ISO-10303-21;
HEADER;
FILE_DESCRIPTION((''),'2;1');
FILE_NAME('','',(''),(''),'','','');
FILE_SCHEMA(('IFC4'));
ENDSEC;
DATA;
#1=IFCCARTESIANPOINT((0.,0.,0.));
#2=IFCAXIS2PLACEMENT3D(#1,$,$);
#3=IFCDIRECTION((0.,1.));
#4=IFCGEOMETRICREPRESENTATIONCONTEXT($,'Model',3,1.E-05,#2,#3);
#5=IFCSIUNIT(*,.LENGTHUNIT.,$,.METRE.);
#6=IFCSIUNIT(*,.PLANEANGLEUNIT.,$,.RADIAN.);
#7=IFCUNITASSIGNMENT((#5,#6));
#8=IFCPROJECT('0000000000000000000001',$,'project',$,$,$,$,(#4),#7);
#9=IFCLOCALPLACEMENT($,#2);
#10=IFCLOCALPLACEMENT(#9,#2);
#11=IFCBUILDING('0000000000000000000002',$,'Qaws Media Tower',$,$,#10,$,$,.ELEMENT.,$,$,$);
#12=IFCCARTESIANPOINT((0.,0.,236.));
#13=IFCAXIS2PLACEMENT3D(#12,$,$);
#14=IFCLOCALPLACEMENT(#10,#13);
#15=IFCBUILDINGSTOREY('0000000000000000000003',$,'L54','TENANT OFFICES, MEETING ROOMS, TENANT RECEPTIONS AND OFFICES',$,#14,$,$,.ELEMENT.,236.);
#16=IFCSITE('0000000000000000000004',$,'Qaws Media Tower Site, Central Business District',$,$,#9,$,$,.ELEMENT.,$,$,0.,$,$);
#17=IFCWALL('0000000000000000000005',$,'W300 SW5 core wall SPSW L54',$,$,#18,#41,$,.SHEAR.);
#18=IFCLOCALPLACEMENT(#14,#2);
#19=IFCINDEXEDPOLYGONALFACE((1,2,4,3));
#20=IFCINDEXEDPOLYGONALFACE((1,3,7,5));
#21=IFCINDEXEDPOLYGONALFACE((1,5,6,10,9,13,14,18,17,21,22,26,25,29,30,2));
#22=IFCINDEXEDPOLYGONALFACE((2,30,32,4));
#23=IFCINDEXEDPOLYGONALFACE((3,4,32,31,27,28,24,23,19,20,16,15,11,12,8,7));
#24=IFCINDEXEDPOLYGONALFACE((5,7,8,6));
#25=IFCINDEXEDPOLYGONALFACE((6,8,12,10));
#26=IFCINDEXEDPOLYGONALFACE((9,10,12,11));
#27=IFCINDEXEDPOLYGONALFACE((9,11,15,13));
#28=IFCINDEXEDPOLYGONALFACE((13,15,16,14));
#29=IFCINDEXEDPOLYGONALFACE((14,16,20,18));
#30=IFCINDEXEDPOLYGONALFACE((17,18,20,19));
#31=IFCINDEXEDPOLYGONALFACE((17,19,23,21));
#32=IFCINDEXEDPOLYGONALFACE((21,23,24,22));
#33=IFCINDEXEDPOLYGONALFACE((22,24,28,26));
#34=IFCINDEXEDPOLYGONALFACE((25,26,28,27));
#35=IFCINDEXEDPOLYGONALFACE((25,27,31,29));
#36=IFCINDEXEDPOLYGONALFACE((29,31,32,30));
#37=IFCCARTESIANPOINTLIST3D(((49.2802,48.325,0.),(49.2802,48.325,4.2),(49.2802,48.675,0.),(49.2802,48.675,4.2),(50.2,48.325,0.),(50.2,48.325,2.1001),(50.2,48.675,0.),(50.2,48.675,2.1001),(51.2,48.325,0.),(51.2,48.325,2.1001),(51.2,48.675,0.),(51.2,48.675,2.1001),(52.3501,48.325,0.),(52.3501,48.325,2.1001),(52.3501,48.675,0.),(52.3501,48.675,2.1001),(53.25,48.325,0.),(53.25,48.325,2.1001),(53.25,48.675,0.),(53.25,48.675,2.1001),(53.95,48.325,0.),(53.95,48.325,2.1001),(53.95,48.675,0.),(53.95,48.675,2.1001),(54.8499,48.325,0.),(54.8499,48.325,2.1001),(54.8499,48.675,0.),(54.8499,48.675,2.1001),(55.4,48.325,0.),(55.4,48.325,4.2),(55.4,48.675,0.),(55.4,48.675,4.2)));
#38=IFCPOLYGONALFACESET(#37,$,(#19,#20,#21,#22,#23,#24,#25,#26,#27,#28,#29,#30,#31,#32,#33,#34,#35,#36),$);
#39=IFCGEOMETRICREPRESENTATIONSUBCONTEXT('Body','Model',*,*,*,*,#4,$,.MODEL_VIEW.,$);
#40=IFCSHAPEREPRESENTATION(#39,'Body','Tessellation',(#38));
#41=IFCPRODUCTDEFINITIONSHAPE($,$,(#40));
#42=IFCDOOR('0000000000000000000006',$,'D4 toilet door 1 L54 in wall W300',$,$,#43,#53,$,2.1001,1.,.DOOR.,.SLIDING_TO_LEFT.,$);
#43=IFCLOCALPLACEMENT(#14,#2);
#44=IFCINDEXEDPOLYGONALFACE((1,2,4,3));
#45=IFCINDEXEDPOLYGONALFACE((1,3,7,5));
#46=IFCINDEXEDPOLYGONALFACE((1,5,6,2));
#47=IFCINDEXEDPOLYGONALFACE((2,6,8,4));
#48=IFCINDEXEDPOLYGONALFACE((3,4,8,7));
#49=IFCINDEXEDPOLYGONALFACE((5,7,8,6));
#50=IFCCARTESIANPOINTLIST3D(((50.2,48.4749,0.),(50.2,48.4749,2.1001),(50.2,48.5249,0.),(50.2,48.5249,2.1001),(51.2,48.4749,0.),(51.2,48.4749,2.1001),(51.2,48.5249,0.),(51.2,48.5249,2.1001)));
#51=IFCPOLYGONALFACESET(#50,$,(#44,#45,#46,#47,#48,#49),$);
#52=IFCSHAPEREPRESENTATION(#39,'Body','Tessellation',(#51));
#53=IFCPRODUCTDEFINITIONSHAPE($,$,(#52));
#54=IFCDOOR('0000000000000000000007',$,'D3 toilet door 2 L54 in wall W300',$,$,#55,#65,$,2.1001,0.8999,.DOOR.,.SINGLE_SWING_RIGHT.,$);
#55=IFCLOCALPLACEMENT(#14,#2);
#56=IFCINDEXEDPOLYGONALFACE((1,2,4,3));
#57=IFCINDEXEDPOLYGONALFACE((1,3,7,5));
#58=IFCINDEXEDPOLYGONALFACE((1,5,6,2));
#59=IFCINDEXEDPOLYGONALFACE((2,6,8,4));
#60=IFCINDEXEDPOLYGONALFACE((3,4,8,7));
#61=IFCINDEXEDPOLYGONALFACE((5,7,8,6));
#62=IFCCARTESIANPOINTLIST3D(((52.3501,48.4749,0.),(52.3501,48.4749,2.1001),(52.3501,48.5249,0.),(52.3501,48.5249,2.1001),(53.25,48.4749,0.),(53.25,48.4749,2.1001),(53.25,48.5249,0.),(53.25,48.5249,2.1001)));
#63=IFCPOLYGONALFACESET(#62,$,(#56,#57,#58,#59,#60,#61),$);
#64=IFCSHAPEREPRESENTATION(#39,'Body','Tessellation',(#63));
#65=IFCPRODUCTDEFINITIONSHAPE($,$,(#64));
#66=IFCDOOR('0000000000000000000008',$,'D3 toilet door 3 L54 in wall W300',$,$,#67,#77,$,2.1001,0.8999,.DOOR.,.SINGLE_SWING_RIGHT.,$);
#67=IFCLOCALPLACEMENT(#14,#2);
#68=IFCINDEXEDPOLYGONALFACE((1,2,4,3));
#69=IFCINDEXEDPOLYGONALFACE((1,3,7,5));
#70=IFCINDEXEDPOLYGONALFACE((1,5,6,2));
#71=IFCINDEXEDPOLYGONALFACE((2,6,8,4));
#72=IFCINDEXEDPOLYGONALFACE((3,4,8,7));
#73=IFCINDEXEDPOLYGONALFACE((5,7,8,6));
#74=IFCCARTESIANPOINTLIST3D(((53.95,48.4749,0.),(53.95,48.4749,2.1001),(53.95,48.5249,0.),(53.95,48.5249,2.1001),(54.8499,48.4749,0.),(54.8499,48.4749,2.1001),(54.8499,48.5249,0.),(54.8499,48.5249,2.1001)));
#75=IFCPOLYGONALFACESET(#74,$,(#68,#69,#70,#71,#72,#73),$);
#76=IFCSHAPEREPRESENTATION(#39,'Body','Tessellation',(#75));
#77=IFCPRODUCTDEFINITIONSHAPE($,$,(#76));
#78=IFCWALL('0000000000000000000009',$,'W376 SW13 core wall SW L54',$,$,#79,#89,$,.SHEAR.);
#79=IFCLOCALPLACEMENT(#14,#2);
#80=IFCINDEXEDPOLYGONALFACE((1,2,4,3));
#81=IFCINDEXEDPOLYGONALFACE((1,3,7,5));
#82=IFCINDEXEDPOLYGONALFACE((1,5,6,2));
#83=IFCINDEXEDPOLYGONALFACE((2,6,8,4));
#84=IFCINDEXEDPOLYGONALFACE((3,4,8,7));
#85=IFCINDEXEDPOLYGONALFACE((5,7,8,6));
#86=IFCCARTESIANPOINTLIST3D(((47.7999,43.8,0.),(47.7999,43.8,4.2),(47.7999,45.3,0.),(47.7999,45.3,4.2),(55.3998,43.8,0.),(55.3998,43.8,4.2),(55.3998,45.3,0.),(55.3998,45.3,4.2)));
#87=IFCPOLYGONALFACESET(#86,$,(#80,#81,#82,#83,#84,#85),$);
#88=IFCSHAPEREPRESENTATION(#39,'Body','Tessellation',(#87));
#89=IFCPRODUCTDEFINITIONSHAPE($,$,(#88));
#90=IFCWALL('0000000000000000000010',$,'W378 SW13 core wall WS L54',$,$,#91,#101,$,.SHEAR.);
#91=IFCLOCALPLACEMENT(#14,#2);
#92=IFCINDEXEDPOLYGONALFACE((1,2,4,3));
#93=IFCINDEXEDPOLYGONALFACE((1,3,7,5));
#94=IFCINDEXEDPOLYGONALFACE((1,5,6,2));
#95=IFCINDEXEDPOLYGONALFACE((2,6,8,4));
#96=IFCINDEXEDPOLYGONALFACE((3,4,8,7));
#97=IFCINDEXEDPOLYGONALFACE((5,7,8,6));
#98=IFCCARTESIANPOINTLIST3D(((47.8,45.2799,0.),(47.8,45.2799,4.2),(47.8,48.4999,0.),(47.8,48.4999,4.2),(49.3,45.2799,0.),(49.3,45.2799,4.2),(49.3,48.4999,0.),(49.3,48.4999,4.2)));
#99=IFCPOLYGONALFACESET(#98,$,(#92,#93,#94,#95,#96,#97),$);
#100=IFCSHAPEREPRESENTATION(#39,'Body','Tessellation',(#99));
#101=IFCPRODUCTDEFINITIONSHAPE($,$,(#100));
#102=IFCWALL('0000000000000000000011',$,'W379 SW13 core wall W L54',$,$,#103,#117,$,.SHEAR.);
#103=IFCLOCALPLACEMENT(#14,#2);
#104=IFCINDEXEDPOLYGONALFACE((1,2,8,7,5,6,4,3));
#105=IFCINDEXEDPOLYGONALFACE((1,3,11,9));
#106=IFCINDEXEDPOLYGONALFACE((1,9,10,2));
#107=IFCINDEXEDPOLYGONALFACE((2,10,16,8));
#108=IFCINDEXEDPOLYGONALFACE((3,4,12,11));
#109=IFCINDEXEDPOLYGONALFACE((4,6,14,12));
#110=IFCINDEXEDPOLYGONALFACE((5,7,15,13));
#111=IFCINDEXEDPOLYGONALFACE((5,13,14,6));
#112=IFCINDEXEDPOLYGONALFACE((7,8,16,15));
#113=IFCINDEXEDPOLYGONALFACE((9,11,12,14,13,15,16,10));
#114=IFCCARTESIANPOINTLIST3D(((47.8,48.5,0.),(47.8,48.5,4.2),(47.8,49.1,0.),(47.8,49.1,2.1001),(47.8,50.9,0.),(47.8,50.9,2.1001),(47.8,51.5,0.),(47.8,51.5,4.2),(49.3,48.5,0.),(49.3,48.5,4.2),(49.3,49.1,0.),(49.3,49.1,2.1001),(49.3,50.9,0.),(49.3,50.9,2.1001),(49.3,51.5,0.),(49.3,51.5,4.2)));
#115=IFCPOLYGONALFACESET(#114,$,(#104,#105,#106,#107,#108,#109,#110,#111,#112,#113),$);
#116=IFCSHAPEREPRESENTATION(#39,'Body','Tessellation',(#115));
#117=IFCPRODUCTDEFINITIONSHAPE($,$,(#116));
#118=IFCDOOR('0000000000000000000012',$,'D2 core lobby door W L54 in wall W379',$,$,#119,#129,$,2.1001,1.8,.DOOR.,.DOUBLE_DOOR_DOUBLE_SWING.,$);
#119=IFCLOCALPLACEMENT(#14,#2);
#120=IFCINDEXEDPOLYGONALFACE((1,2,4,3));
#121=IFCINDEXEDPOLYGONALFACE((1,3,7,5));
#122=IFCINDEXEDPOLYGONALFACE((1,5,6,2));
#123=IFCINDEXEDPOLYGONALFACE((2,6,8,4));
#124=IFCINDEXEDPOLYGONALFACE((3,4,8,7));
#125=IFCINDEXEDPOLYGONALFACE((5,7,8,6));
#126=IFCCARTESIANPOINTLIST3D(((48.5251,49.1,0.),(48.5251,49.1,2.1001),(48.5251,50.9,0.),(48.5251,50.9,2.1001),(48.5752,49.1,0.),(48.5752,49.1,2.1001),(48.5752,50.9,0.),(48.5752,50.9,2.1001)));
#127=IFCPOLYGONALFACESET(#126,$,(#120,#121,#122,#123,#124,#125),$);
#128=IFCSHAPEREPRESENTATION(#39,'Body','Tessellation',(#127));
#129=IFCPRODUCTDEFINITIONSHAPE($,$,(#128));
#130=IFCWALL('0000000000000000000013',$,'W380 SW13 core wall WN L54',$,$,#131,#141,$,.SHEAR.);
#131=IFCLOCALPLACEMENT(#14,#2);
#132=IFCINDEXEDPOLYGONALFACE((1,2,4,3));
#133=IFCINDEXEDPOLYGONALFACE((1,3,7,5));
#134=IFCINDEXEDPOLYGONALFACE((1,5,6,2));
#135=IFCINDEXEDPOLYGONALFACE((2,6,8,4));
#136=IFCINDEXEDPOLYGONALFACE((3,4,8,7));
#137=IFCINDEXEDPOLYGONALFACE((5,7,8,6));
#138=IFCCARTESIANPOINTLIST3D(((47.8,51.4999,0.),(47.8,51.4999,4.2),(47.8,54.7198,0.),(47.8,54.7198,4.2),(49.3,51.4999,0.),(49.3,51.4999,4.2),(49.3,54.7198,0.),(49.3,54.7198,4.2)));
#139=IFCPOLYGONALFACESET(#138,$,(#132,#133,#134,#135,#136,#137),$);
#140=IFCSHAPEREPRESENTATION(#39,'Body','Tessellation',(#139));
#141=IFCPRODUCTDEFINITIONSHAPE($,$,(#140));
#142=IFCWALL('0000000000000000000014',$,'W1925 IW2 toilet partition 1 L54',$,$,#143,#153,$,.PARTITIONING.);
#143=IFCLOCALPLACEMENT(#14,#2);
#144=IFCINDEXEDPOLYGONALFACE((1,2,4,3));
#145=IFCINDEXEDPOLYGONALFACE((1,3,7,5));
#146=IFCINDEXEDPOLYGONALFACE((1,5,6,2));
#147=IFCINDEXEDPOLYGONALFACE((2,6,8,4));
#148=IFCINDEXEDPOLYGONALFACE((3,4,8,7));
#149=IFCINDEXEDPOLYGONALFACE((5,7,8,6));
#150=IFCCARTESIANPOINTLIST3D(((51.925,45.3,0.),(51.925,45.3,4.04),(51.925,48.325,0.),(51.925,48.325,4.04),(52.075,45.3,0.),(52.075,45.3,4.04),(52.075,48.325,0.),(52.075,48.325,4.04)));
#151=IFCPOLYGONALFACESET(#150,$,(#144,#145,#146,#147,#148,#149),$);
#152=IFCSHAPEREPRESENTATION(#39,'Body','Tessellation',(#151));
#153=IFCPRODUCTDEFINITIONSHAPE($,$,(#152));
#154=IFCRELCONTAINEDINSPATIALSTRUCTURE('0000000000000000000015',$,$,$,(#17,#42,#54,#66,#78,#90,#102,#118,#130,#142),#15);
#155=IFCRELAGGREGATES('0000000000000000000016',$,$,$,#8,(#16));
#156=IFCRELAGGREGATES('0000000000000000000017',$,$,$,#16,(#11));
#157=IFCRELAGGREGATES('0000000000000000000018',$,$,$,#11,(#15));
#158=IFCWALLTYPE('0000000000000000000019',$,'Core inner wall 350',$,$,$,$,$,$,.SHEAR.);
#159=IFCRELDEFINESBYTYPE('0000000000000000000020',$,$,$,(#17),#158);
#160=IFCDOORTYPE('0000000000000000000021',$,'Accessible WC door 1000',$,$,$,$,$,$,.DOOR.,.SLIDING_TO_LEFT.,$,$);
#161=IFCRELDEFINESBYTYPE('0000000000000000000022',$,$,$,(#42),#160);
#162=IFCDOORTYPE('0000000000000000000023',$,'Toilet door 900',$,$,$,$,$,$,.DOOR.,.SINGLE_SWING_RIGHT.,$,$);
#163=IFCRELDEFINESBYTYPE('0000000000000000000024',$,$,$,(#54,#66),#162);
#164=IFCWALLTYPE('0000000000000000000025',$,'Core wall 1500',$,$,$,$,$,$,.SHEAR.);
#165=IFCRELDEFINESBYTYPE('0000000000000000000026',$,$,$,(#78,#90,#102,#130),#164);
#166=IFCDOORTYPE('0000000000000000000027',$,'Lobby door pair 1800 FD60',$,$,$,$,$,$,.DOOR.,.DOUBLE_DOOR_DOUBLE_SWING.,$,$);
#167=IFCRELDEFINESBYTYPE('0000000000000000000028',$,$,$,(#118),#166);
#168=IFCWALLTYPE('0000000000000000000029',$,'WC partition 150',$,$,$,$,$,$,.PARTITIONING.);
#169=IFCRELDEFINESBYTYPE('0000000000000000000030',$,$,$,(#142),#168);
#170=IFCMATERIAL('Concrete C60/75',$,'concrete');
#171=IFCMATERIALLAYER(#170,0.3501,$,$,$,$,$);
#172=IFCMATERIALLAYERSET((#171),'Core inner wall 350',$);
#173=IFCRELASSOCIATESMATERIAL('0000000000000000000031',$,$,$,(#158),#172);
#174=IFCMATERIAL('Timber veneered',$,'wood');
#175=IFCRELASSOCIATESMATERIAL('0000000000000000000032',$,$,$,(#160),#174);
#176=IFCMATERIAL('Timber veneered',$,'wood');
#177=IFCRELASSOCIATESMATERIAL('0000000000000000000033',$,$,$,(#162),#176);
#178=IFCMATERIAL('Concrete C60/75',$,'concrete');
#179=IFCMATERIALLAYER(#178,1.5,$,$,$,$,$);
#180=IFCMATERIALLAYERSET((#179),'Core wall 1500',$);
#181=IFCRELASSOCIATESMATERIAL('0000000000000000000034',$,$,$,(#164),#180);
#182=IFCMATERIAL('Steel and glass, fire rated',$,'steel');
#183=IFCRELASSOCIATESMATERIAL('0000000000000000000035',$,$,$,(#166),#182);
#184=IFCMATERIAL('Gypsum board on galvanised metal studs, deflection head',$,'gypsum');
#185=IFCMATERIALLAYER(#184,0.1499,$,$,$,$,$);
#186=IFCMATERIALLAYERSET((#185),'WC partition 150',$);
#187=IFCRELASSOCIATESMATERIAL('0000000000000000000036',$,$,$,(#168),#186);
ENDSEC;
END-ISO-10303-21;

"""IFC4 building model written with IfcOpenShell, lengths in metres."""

from ifc_helpers import new_model, si_unit, direction, frame, frame_2d, origin, place, context, subcontext, project, spatial, rectangle, extrude, material, layer, layer_set, type_object, element, fill, save


model = new_model("IFC4")

# Units and contexts
model_context = context("Model", 3, precision=1e-05, world=origin(), true_north=direction((0.0, 1.0)))
body_context = subcontext(model_context, "Body", "Model", "MODEL_VIEW")
ifc_project = project(units=[si_unit("LENGTHUNIT", "METRE"), si_unit("PLANEANGLEUNIT", "RADIAN")], contexts=[model_context])

# Site, building, storey
site_placement = place(None, origin())
site = spatial("IfcSite", under=ifc_project, at=site_placement, Name="Qaws Media Tower Site, Central Business District", CompositionType="ELEMENT", RefElevation=0.0)
building_placement = place(site_placement, origin())
building = spatial("IfcBuilding", under=site, at=building_placement, Name="Qaws Media Tower", CompositionType="ELEMENT")
storey_placement = place(building_placement, frame((0.0, 0.0, 236.0)))
storey = spatial("IfcBuildingStorey", under=building, at=storey_placement, Name="L54", Description="TENANT OFFICES, MEETING ROOMS, TENANT RECEPTIONS AND OFFICES", CompositionType="ELEMENT", Elevation=236.0)

# Shared definitions
ifc_material_1 = material(Name="Concrete C60/75", Category="concrete")
ifc_layer_1 = layer(ifc_material_1, 0.3501)
ifc_layer_set_1 = layer_set([ifc_layer_1], Name="Core inner wall 350")
wall_type_1 = type_object("IfcWallType", Name="Core inner wall 350", PredefinedType="SHEAR", material=ifc_layer_set_1)

# Wall, openings, doors
wall_1_placement = place(storey_placement, frame((49.28, 48.5, 0.0), z_axis=(0.0, 0.0, 1.0), x_axis=(1.0, 0.0, 0.0)))
wall_1 = element("IfcWall", 1, at=wall_1_placement, inside=storey, type_object=wall_type_1, Name="W300 SW5 core wall SPSW L54", PredefinedType="SHEAR", context=body_context, shape_type="SweptSolid", body=[
    extrude(rectangle(XDim=6.1199, YDim=0.3501, at=frame_2d((3.0601, 0.0))), origin(), (0.0, 0.0, 1.0), 4.2),
])
opening_1_placement = place(wall_1_placement, frame((0.9199, 0.0, 0.0)))
opening_1 = element("IfcOpeningElement", 2, at=opening_1_placement, cuts=wall_1, PredefinedType="OPENING", context=body_context, shape_type="SweptSolid", body=[
    extrude(rectangle(XDim=1.0, YDim=2.1001, at=frame_2d((0.5, 1.05))), frame((0.0, 0.1851, 0.0), z_axis=(0.0, -1.0, 0.0), x_axis=(1.0, 0.0, 0.0)), (0.0, 0.0, 1.0), 0.3701),
])
opening_2_placement = place(wall_1_placement, frame((3.0701, 0.0, 0.0)))
opening_2 = element("IfcOpeningElement", 3, at=opening_2_placement, cuts=wall_1, PredefinedType="OPENING", context=body_context, shape_type="SweptSolid", body=[
    extrude(rectangle(XDim=0.8999, YDim=2.1001, at=frame_2d((0.45, 1.05))), frame((0.0, 0.1851, 0.0), z_axis=(0.0, -1.0, 0.0), x_axis=(1.0, 0.0, 0.0)), (0.0, 0.0, 1.0), 0.3701),
])
opening_3_placement = place(wall_1_placement, frame((4.6699, 0.0, 0.0)))
opening_3 = element("IfcOpeningElement", 4, at=opening_3_placement, cuts=wall_1, PredefinedType="OPENING", context=body_context, shape_type="SweptSolid", body=[
    extrude(rectangle(XDim=0.8999, YDim=2.1001, at=frame_2d((0.45, 1.05))), frame((0.0, 0.1851, 0.0), z_axis=(0.0, -1.0, 0.0), x_axis=(1.0, 0.0, 0.0)), (0.0, 0.0, 1.0), 0.3701),
])
ifc_material_2 = material(Name="Timber veneered", Category="wood")
door_type_1 = type_object("IfcDoorType", Name="Accessible WC door 1000", OperationType="SLIDING_TO_LEFT", PredefinedType="DOOR", material=ifc_material_2)
door_1_placement = place(opening_1_placement, origin())
door_1 = element("IfcDoor", 5, at=door_1_placement, inside=storey, type_object=door_type_1, Name="D4 toilet door 1 L54 in wall W300", OperationType="SLIDING_TO_LEFT", OverallHeight=2.1001, OverallWidth=1.0, PredefinedType="DOOR", context=body_context, shape_type="SweptSolid", body=[
    extrude(rectangle(XDim=1.0, YDim=2.1001, at=frame_2d((0.5, 1.05))), frame((0.0, 0.0249, 0.0), z_axis=(0.0, -1.0, 0.0), x_axis=(1.0, 0.0, 0.0)), (0.0, 0.0, 1.0), 0.05),
])
fill(opening_1, door_1)
ifc_material_3 = material(Name="Timber veneered", Category="wood")
door_type_2 = type_object("IfcDoorType", Name="Toilet door 900", OperationType="SINGLE_SWING_RIGHT", PredefinedType="DOOR", material=ifc_material_3)
door_2_placement = place(opening_2_placement, origin())
door_2 = element("IfcDoor", 6, at=door_2_placement, inside=storey, type_object=door_type_2, Name="D3 toilet door 2 L54 in wall W300", OperationType="SINGLE_SWING_RIGHT", OverallHeight=2.1001, OverallWidth=0.8999, PredefinedType="DOOR", context=body_context, shape_type="SweptSolid", body=[
    extrude(rectangle(XDim=0.8999, YDim=2.1001, at=frame_2d((0.45, 1.05))), frame((0.0, 0.0249, 0.0), z_axis=(0.0, -1.0, 0.0), x_axis=(1.0, 0.0, 0.0)), (0.0, 0.0, 1.0), 0.05),
])
fill(opening_2, door_2)
door_3_placement = place(opening_3_placement, origin())
door_3 = element("IfcDoor", 7, at=door_3_placement, inside=storey, type_object=door_type_2, Name="D3 toilet door 3 L54 in wall W300", OperationType="SINGLE_SWING_RIGHT", OverallHeight=2.1001, OverallWidth=0.8999, PredefinedType="DOOR", context=body_context, shape_type="SweptSolid", body=[
    extrude(rectangle(XDim=0.8999, YDim=2.1001, at=frame_2d((0.45, 1.05))), frame((0.0, 0.0249, 0.0), z_axis=(0.0, -1.0, 0.0), x_axis=(1.0, 0.0, 0.0)), (0.0, 0.0, 1.0), 0.05),
])
fill(opening_3, door_3)

# Walls
ifc_material_4 = material(Name="Concrete C60/75", Category="concrete")
ifc_layer_2 = layer(ifc_material_4, 1.5)
ifc_layer_set_2 = layer_set([ifc_layer_2], Name="Core wall 1500")
wall_type_2 = type_object("IfcWallType", Name="Core wall 1500", PredefinedType="SHEAR", material=ifc_layer_set_2)
wall_2_placement = place(storey_placement, frame((47.8, 44.55, 0.0), z_axis=(0.0, 0.0, 1.0), x_axis=(1.0, 0.0, 0.0)))
element("IfcWall", 8, at=wall_2_placement, inside=storey, type_object=wall_type_2, Name="W376 SW13 core wall SW L54", PredefinedType="SHEAR", context=body_context, shape_type="SweptSolid", body=[
    extrude(rectangle(XDim=7.5999, YDim=1.5, at=frame_2d((3.7998, 0.0))), origin(), (0.0, 0.0, 1.0), 4.2),
])
wall_3_placement = place(storey_placement, frame((48.55, 45.28, 0.0), z_axis=(0.0, 0.0, 1.0), x_axis=(0.0, 1.0, 0.0)))
element("IfcWall", 9, at=wall_3_placement, inside=storey, type_object=wall_type_2, Name="W378 SW13 core wall WS L54", PredefinedType="SHEAR", context=body_context, shape_type="SweptSolid", body=[
    extrude(rectangle(XDim=3.22, YDim=1.5, at=frame_2d((1.6099, 0.0))), origin(), (0.0, 0.0, 1.0), 4.2),
])

# Wall, opening, door
wall_4_placement = place(storey_placement, frame((48.55, 48.5, 0.0), z_axis=(0.0, 0.0, 1.0), x_axis=(0.0, 1.0, 0.0)))
wall_4 = element("IfcWall", 10, at=wall_4_placement, inside=storey, type_object=wall_type_2, Name="W379 SW13 core wall W L54", PredefinedType="SHEAR", context=body_context, shape_type="SweptSolid", body=[
    extrude(rectangle(XDim=3.0, YDim=1.5, at=frame_2d((1.5, 0.0))), origin(), (0.0, 0.0, 1.0), 4.2),
])
opening_4_placement = place(wall_4_placement, frame((0.6001, 0.0, 0.0)))
opening_4 = element("IfcOpeningElement", 11, at=opening_4_placement, cuts=wall_4, PredefinedType="OPENING", context=body_context, shape_type="SweptSolid", body=[
    extrude(rectangle(XDim=1.8, YDim=2.1001, at=frame_2d((0.8999, 1.05))), frame((0.0, 0.76, 0.0), z_axis=(0.0, -1.0, 0.0), x_axis=(1.0, 0.0, 0.0)), (0.0, 0.0, 1.0), 1.52),
])
ifc_material_5 = material(Name="Steel and glass, fire rated", Category="steel")
door_type_3 = type_object("IfcDoorType", Name="Lobby door pair 1800 FD60", OperationType="DOUBLE_DOOR_DOUBLE_SWING", PredefinedType="DOOR", material=ifc_material_5)
door_4_placement = place(opening_4_placement, origin())
door_4 = element("IfcDoor", 12, at=door_4_placement, inside=storey, type_object=door_type_3, Name="D2 core lobby door W L54 in wall W379", OperationType="DOUBLE_DOOR_DOUBLE_SWING", OverallHeight=2.1001, OverallWidth=1.8, PredefinedType="DOOR", context=body_context, shape_type="SweptSolid", body=[
    extrude(rectangle(XDim=1.8, YDim=2.1001, at=frame_2d((0.8999, 1.05))), frame((0.0, 0.0249, 0.0), z_axis=(0.0, -1.0, 0.0), x_axis=(1.0, 0.0, 0.0)), (0.0, 0.0, 1.0), 0.05),
])
fill(opening_4, door_4)

# Walls
wall_5_placement = place(storey_placement, frame((48.55, 51.5, 0.0), z_axis=(0.0, 0.0, 1.0), x_axis=(0.0, 1.0, 0.0)))
element("IfcWall", 13, at=wall_5_placement, inside=storey, type_object=wall_type_2, Name="W380 SW13 core wall WN L54", PredefinedType="SHEAR", context=body_context, shape_type="SweptSolid", body=[
    extrude(rectangle(XDim=3.22, YDim=1.5, at=frame_2d((1.6099, 0.0))), origin(), (0.0, 0.0, 1.0), 4.2),
])
ifc_material_6 = material(Name="Gypsum board on galvanised metal studs, deflection head", Category="gypsum")
ifc_layer_3 = layer(ifc_material_6, 0.1499)
ifc_layer_set_3 = layer_set([ifc_layer_3], Name="WC partition 150")
wall_type_3 = type_object("IfcWallType", Name="WC partition 150", PredefinedType="PARTITIONING", material=ifc_layer_set_3)
wall_6_placement = place(storey_placement, frame((52.0, 45.3, 0.0), z_axis=(0.0, 0.0, 1.0), x_axis=(0.0, 1.0, 0.0)))
element("IfcWall", 14, at=wall_6_placement, inside=storey, type_object=wall_type_3, Name="W1925 IW2 toilet partition 1 L54", PredefinedType="PARTITIONING", context=body_context, shape_type="SweptSolid", body=[
    extrude(rectangle(XDim=3.0249, YDim=0.1499, at=frame_2d((1.5125, 0.0))), origin(), (0.0, 0.0, 1.0), 4.04),
])

save(model, "model.ifc")
